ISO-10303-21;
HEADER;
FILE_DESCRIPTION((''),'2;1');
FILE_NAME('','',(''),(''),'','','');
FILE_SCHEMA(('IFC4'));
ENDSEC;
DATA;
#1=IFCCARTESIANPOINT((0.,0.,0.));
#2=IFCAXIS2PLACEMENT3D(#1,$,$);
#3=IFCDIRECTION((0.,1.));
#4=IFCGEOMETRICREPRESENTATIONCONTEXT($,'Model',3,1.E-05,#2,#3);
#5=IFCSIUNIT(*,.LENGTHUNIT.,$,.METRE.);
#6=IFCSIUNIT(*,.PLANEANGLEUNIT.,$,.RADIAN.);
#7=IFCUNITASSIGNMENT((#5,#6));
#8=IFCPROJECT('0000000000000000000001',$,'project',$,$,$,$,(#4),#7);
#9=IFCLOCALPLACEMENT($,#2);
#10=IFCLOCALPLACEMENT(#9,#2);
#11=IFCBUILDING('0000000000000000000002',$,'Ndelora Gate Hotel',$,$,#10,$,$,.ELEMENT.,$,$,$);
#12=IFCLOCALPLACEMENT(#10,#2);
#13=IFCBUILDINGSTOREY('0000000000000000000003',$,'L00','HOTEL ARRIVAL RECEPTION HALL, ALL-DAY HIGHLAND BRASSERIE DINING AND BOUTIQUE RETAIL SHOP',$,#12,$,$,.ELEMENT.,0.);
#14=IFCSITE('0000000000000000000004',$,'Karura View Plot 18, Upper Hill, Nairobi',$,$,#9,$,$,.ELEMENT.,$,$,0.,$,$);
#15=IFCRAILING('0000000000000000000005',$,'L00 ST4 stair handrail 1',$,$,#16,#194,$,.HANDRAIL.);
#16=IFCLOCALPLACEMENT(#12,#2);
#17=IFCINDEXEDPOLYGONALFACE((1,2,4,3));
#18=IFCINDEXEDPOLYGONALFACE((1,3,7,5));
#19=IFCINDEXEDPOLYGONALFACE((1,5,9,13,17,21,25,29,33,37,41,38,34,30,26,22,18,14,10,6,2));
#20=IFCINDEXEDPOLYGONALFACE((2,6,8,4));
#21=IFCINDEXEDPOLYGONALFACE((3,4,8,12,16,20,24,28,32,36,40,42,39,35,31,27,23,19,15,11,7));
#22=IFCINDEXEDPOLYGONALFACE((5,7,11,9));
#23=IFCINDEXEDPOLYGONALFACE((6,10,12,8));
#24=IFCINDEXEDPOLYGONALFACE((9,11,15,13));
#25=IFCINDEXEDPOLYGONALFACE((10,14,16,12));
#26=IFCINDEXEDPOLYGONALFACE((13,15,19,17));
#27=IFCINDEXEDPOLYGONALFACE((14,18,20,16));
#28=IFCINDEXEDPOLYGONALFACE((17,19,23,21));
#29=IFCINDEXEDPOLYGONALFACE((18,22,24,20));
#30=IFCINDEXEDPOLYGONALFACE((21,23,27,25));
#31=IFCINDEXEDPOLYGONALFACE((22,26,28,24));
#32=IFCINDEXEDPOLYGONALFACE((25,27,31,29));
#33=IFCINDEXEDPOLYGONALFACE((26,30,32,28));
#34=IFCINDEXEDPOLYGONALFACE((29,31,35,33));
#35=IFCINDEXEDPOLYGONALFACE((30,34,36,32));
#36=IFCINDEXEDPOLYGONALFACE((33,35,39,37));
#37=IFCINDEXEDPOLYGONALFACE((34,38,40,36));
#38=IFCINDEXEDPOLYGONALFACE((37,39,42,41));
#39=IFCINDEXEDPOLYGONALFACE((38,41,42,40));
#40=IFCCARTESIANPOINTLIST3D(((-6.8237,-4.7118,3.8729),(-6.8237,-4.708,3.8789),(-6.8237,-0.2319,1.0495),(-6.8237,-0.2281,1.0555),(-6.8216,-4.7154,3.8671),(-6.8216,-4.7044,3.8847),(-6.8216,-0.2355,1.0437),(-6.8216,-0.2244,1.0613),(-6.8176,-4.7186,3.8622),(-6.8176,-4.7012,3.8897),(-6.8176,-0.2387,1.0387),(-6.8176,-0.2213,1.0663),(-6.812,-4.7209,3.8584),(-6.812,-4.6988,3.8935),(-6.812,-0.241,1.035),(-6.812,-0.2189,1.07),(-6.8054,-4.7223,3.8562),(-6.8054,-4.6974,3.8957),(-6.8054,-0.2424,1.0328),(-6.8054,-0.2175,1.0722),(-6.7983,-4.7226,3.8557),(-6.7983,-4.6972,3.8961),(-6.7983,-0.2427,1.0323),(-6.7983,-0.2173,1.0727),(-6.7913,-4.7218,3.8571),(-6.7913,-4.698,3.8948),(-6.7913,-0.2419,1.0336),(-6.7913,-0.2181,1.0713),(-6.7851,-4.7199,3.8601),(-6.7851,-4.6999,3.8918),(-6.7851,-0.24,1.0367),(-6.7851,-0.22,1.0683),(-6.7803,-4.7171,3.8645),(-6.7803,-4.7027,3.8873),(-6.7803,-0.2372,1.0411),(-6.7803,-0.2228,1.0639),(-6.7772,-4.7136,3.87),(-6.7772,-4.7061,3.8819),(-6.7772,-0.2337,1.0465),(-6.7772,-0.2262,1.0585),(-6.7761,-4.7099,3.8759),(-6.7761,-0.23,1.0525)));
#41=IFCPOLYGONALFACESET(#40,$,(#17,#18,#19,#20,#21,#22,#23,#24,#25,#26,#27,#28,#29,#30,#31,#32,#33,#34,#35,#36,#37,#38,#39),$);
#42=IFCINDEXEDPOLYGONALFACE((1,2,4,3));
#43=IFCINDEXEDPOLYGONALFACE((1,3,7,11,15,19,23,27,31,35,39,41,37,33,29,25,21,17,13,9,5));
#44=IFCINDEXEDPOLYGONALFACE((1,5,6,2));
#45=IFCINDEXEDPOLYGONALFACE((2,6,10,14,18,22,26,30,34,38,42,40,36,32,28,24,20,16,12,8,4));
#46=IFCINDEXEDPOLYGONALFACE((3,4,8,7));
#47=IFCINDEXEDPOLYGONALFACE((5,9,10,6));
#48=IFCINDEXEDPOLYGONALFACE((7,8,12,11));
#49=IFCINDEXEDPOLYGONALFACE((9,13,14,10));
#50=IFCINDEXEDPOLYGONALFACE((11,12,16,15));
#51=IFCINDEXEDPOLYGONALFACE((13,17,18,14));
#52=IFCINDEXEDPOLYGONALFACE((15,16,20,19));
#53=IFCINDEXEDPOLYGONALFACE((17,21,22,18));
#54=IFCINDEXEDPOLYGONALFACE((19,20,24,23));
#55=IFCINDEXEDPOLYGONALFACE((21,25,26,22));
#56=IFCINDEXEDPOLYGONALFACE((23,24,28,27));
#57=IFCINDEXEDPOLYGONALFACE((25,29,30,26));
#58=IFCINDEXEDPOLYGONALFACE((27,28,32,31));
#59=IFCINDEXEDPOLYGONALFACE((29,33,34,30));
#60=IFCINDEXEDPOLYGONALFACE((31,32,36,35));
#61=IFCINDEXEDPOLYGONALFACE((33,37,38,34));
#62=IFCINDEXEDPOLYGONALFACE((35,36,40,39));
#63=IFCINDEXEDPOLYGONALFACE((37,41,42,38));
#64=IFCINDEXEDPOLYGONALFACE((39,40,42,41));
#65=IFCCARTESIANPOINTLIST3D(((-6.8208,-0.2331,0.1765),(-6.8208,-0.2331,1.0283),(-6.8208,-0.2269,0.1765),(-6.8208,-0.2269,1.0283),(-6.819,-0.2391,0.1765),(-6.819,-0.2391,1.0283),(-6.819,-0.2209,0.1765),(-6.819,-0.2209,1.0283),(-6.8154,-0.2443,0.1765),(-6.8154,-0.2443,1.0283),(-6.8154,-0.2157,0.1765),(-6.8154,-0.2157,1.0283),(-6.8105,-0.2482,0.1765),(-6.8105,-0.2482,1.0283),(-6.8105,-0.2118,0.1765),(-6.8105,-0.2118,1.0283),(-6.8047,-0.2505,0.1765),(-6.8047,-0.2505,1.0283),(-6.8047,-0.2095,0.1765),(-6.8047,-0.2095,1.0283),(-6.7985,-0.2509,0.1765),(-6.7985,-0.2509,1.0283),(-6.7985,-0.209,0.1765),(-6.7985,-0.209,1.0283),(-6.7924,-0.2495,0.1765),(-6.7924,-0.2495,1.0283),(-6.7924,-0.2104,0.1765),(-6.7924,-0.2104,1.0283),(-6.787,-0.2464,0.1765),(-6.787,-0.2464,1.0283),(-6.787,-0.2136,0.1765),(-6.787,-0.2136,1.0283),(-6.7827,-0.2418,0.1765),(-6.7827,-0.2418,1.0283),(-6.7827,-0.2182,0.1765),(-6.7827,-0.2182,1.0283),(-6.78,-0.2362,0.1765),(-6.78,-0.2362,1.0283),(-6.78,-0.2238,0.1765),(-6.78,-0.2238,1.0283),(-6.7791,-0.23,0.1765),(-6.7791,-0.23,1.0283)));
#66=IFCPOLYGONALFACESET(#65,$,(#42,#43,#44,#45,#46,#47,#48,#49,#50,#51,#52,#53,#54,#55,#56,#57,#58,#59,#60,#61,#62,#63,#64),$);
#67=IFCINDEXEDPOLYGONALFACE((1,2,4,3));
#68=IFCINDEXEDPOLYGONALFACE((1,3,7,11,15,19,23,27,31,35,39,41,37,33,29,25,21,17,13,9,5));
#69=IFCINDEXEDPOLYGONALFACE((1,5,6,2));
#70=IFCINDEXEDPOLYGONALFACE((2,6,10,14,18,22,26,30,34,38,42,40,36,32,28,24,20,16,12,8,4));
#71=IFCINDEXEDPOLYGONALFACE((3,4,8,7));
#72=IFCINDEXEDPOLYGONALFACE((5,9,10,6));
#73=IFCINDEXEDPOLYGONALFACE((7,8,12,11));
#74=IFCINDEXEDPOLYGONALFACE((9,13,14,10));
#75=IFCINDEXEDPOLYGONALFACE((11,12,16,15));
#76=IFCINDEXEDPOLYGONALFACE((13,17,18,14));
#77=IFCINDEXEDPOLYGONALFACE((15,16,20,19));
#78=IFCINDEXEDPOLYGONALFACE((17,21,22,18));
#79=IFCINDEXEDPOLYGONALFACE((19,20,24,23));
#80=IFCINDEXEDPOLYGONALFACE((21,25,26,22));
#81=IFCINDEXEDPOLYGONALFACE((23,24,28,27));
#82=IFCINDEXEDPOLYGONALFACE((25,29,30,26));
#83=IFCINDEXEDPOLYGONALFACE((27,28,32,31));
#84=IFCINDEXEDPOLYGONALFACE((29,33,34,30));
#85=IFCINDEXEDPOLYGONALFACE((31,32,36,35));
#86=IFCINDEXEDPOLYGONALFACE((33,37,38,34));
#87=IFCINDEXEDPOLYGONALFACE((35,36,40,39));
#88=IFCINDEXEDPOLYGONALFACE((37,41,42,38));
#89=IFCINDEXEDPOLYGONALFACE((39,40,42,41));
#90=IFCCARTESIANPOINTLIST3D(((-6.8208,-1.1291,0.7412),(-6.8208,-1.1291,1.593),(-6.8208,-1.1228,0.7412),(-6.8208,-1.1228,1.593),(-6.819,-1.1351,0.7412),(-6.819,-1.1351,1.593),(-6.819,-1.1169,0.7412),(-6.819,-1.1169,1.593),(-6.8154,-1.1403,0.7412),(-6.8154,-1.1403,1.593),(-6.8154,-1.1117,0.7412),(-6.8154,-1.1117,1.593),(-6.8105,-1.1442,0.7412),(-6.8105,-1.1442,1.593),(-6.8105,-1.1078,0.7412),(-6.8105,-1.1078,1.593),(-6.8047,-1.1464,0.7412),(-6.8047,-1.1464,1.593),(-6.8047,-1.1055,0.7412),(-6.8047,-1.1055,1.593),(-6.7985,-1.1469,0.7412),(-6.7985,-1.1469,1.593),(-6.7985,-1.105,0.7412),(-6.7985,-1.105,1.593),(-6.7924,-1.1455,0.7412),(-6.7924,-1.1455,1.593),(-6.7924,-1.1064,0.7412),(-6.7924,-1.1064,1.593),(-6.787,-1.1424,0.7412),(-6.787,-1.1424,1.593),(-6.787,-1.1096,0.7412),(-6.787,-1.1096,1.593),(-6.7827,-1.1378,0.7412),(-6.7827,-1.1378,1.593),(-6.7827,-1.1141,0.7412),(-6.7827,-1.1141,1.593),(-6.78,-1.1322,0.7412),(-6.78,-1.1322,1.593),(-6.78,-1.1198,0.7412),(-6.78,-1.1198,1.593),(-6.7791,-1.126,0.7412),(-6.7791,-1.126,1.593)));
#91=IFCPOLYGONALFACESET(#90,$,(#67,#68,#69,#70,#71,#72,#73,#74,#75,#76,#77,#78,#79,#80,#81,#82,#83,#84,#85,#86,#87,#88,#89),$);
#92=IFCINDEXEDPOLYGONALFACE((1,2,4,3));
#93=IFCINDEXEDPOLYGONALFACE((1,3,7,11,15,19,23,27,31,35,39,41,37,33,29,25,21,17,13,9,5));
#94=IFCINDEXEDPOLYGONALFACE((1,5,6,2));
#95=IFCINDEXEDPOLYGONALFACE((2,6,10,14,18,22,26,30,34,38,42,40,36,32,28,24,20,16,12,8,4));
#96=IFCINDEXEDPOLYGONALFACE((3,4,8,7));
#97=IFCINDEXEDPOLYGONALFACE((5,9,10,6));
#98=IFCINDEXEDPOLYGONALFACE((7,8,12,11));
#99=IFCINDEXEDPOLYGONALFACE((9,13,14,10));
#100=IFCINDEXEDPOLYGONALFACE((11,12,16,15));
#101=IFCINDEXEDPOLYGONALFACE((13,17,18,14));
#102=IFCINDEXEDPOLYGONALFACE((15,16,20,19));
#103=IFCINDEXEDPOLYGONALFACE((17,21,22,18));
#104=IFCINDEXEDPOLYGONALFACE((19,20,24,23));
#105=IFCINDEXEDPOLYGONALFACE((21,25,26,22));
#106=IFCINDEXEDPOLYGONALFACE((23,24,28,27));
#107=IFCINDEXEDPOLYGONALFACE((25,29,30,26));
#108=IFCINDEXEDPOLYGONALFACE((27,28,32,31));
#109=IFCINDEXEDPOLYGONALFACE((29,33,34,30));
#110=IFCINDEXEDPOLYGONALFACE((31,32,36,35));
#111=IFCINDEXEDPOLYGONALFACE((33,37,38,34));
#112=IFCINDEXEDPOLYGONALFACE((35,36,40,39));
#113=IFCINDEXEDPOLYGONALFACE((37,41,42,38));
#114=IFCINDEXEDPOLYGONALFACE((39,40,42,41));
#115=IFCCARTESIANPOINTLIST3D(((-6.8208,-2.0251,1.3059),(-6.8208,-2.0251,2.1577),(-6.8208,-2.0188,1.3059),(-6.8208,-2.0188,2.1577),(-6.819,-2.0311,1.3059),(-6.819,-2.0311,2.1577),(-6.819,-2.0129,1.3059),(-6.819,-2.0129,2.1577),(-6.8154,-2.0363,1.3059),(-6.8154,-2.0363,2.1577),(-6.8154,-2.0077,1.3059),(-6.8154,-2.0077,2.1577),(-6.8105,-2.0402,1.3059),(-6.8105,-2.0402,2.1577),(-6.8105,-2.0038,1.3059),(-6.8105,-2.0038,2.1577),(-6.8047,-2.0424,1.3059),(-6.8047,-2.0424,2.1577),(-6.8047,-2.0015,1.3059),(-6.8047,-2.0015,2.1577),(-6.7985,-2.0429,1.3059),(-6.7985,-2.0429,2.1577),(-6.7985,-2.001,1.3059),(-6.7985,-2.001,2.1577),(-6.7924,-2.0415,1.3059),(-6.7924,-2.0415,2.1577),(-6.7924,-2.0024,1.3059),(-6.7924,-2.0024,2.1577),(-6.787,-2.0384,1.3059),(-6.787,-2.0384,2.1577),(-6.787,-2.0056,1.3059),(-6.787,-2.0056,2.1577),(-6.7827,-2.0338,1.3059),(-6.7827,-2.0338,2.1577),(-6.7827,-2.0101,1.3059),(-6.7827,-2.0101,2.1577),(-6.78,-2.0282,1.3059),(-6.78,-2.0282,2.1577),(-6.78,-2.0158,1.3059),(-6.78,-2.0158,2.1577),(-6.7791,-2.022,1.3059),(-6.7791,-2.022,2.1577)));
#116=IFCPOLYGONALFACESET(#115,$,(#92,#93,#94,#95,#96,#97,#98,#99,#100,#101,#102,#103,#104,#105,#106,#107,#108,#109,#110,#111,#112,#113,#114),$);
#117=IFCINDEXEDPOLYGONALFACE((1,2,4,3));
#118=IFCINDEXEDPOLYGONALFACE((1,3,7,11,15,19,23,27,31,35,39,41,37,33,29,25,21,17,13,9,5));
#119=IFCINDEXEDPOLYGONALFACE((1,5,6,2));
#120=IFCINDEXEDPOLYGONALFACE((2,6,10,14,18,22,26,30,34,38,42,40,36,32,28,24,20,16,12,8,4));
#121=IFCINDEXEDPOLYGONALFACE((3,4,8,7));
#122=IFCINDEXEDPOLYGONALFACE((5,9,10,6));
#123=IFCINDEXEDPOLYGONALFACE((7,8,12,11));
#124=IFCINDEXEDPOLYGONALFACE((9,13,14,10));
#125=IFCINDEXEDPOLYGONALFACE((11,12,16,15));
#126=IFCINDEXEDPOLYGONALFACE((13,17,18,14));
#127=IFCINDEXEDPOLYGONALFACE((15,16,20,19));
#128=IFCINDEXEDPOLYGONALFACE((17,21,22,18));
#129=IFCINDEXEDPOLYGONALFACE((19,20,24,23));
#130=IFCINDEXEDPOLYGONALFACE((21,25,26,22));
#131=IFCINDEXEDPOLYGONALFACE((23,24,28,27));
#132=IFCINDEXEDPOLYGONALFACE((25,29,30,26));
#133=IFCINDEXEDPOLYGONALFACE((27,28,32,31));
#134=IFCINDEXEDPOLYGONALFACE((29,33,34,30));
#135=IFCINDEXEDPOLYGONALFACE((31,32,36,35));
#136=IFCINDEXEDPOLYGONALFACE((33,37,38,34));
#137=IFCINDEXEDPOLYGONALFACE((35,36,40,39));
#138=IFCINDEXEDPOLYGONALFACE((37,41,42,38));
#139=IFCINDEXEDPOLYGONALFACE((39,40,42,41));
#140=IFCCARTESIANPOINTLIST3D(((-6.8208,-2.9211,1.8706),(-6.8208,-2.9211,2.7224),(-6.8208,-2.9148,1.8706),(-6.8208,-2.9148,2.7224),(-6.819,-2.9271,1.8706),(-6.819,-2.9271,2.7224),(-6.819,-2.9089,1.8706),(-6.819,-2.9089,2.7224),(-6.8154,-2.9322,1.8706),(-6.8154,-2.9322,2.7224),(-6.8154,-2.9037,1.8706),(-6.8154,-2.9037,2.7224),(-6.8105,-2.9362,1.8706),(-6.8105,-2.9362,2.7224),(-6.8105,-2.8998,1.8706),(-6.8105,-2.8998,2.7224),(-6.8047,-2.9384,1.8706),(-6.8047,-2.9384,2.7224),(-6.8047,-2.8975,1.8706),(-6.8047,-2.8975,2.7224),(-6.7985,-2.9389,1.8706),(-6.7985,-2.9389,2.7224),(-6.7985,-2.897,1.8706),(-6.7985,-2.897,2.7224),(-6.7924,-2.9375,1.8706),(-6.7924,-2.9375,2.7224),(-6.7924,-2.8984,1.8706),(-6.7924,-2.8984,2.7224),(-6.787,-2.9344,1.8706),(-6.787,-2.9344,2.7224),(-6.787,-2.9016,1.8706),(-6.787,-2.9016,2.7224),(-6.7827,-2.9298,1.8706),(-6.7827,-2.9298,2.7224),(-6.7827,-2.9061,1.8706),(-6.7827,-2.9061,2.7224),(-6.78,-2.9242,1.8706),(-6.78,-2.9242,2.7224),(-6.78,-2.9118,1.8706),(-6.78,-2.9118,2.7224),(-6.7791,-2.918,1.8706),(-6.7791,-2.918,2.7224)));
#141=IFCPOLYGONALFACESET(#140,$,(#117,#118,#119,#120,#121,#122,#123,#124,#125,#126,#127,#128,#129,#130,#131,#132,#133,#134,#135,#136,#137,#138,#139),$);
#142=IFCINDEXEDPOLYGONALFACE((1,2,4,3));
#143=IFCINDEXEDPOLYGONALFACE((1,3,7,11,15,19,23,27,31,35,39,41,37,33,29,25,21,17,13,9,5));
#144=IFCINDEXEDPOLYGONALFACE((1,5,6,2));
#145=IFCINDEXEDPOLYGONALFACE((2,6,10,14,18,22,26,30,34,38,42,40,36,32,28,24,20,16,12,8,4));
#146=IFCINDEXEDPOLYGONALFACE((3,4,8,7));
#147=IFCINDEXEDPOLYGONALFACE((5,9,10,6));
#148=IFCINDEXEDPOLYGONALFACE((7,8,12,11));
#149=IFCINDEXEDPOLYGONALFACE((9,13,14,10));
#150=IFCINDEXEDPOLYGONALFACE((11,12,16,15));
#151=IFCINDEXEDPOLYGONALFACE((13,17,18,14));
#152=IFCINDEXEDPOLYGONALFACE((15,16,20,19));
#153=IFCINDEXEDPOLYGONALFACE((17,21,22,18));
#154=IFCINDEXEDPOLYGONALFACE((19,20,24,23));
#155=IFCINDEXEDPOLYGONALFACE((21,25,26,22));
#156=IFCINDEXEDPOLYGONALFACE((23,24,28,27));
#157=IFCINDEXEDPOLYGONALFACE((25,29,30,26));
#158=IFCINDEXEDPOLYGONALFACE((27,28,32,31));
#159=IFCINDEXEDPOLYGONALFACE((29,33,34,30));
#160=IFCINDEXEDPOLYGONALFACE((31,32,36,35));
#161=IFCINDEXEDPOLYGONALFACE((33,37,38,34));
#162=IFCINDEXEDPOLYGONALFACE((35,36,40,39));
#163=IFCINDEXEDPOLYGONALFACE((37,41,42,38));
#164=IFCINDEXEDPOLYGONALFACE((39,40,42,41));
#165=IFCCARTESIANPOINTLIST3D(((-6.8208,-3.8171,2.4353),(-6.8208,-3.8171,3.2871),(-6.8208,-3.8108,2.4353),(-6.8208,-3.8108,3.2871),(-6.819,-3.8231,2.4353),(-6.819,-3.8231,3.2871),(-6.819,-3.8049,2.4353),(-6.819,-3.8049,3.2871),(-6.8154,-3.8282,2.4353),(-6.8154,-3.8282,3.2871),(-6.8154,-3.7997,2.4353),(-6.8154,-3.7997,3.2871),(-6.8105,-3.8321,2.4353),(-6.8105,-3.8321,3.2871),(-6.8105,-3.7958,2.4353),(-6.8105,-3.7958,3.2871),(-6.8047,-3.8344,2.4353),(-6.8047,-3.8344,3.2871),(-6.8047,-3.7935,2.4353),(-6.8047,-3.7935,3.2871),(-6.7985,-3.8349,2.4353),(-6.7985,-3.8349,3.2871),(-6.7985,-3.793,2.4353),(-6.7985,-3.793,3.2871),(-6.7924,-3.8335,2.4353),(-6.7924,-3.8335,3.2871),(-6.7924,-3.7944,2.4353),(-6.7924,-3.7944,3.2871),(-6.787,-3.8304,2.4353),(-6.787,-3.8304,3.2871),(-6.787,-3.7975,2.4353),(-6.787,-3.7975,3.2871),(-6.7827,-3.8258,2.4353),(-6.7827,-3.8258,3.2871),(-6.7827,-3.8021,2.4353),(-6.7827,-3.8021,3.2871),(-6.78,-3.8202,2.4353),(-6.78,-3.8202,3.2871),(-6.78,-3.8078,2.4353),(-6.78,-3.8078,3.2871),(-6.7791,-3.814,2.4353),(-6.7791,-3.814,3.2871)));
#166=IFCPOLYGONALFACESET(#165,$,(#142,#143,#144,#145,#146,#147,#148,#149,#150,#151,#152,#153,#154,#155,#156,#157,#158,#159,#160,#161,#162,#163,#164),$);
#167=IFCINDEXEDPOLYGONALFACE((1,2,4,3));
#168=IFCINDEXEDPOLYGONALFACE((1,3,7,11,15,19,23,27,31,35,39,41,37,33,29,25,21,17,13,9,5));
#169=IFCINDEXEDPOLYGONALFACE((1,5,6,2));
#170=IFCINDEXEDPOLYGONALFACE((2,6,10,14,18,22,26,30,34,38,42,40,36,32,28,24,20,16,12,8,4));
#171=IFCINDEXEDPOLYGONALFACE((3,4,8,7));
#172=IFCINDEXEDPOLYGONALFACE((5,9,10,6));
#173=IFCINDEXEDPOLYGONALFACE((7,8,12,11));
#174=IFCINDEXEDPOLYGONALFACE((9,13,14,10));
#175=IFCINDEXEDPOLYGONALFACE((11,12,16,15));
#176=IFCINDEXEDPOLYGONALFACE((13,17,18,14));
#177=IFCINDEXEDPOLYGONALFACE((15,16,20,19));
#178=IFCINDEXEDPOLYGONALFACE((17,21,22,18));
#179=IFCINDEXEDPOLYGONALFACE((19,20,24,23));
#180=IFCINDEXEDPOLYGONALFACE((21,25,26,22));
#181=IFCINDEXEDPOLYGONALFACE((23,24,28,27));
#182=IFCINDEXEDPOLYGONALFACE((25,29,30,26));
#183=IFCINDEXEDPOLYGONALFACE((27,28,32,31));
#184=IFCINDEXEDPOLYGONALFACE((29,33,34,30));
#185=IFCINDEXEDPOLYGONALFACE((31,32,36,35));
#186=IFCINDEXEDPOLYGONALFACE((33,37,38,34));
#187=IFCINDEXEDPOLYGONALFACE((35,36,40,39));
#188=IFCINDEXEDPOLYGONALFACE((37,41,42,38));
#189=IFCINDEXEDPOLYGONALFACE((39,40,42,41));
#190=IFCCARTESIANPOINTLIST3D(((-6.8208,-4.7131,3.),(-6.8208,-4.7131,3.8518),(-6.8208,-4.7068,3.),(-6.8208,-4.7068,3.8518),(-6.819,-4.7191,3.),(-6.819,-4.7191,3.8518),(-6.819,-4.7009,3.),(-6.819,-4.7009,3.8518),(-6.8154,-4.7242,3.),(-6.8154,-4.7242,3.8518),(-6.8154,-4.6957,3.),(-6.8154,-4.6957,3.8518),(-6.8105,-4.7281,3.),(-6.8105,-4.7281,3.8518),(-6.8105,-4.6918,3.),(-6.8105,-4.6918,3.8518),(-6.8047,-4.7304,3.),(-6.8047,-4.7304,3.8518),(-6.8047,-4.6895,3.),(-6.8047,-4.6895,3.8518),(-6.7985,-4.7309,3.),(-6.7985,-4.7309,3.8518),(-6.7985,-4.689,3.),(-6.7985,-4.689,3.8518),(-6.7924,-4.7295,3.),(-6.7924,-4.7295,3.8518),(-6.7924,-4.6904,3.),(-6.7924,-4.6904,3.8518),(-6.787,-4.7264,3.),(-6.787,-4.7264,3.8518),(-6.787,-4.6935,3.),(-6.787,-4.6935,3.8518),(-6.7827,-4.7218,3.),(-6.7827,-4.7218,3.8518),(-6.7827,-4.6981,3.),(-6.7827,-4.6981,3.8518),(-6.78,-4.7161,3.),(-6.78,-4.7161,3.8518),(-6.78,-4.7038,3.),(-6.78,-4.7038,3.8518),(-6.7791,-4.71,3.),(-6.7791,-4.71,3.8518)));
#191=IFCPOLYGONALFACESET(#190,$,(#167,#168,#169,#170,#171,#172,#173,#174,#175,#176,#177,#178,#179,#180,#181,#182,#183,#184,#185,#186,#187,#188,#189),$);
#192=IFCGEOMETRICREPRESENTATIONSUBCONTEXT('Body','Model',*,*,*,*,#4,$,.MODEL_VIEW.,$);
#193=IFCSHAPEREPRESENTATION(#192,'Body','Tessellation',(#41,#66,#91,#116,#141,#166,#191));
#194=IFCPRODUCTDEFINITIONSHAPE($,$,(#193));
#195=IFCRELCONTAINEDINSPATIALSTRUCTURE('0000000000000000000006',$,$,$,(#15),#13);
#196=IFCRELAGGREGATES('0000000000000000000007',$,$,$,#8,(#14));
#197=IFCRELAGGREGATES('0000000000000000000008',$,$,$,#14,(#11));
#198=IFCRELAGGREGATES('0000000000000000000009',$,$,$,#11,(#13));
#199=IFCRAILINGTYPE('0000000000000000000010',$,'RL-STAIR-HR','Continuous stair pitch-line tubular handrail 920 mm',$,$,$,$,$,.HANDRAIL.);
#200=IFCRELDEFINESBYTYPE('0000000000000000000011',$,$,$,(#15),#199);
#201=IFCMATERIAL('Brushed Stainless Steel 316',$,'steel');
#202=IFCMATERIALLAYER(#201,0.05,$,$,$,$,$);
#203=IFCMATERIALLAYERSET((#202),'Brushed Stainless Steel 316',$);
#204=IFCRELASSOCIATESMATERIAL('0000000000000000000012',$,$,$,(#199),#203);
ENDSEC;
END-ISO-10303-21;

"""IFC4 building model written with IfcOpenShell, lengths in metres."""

from ifc_helpers import new_model, si_unit, direction, frame, origin, origin_2d, place, context, subcontext, project, spatial, circle, extrude, material, layer, layer_set, type_object, element, save


model = new_model("IFC4")

# Units and contexts
model_context = context("Model", 3, precision=1e-05, world=origin(), true_north=direction((0.0, 1.0)))
body_context = subcontext(model_context, "Body", "Model", "MODEL_VIEW")
ifc_project = project(units=[si_unit("LENGTHUNIT", "METRE"), si_unit("PLANEANGLEUNIT", "RADIAN")], contexts=[model_context])

# Site, building, storey
site_placement = place(None, origin())
site = spatial("IfcSite", under=ifc_project, at=site_placement, Name="Karura View Plot 18, Upper Hill, Nairobi", CompositionType="ELEMENT", RefElevation=0.0)
building_placement = place(site_placement, origin())
building = spatial("IfcBuilding", under=site, at=building_placement, Name="Ndelora Gate Hotel", CompositionType="ELEMENT")
storey_placement = place(building_placement, origin())
storey = spatial("IfcBuildingStorey", under=building, at=storey_placement, Name="L00", Description="HOTEL ARRIVAL RECEPTION HALL, ALL-DAY HIGHLAND BRASSERIE DINING AND BOUTIQUE RETAIL SHOP", CompositionType="ELEMENT", Elevation=0.0)

# Railing
ifc_material_1 = material(Name="Brushed Stainless Steel 316", Category="steel")
ifc_layer_1 = layer(ifc_material_1, 0.05)
ifc_layer_set_1 = layer_set([ifc_layer_1], Name="Brushed Stainless Steel 316")
railing_type_1 = type_object("IfcRailingType", Name="RL-STAIR-HR", Description="Continuous stair pitch-line tubular handrail 920 mm", PredefinedType="HANDRAIL", material=ifc_layer_set_1)
railing_1_placement = place(storey_placement, frame((-6.8, -0.23, 0.1765)))
element("IfcRailing", 1, at=railing_1_placement, inside=storey, type_object=railing_type_1, Name="L00 ST4 stair handrail 1", PredefinedType="HANDRAIL", context=body_context, shape_type="SweptSolid", body=[
    extrude(circle(Radius=0.0239, at=origin_2d()), frame((0.0, 0.0, 0.876), z_axis=(0.0, -0.845998, 0.533186), x_axis=(1.0, 0.0, 0.0)), (0.0, 0.0, 1.0), 5.2954),
    extrude(circle(Radius=0.021, at=origin_2d()), origin(), (0.0, 0.0, 1.0), 0.8518),
    extrude(circle(Radius=0.021, at=origin_2d()), frame((0.0, -0.896, 0.5647)), (0.0, 0.0, 1.0), 0.8518),
    extrude(circle(Radius=0.021, at=origin_2d()), frame((0.0, -1.792, 1.1294)), (0.0, 0.0, 1.0), 0.8518),
    extrude(circle(Radius=0.021, at=origin_2d()), frame((0.0, -2.688, 1.6941)), (0.0, 0.0, 1.0), 0.8518),
    extrude(circle(Radius=0.021, at=origin_2d()), frame((0.0, -3.584, 2.2588)), (0.0, 0.0, 1.0), 0.8518),
    extrude(circle(Radius=0.021, at=origin_2d()), frame((0.0, -4.48, 2.8235)), (0.0, 0.0, 1.0), 0.8518),
])

save(model, "model.ifc")
